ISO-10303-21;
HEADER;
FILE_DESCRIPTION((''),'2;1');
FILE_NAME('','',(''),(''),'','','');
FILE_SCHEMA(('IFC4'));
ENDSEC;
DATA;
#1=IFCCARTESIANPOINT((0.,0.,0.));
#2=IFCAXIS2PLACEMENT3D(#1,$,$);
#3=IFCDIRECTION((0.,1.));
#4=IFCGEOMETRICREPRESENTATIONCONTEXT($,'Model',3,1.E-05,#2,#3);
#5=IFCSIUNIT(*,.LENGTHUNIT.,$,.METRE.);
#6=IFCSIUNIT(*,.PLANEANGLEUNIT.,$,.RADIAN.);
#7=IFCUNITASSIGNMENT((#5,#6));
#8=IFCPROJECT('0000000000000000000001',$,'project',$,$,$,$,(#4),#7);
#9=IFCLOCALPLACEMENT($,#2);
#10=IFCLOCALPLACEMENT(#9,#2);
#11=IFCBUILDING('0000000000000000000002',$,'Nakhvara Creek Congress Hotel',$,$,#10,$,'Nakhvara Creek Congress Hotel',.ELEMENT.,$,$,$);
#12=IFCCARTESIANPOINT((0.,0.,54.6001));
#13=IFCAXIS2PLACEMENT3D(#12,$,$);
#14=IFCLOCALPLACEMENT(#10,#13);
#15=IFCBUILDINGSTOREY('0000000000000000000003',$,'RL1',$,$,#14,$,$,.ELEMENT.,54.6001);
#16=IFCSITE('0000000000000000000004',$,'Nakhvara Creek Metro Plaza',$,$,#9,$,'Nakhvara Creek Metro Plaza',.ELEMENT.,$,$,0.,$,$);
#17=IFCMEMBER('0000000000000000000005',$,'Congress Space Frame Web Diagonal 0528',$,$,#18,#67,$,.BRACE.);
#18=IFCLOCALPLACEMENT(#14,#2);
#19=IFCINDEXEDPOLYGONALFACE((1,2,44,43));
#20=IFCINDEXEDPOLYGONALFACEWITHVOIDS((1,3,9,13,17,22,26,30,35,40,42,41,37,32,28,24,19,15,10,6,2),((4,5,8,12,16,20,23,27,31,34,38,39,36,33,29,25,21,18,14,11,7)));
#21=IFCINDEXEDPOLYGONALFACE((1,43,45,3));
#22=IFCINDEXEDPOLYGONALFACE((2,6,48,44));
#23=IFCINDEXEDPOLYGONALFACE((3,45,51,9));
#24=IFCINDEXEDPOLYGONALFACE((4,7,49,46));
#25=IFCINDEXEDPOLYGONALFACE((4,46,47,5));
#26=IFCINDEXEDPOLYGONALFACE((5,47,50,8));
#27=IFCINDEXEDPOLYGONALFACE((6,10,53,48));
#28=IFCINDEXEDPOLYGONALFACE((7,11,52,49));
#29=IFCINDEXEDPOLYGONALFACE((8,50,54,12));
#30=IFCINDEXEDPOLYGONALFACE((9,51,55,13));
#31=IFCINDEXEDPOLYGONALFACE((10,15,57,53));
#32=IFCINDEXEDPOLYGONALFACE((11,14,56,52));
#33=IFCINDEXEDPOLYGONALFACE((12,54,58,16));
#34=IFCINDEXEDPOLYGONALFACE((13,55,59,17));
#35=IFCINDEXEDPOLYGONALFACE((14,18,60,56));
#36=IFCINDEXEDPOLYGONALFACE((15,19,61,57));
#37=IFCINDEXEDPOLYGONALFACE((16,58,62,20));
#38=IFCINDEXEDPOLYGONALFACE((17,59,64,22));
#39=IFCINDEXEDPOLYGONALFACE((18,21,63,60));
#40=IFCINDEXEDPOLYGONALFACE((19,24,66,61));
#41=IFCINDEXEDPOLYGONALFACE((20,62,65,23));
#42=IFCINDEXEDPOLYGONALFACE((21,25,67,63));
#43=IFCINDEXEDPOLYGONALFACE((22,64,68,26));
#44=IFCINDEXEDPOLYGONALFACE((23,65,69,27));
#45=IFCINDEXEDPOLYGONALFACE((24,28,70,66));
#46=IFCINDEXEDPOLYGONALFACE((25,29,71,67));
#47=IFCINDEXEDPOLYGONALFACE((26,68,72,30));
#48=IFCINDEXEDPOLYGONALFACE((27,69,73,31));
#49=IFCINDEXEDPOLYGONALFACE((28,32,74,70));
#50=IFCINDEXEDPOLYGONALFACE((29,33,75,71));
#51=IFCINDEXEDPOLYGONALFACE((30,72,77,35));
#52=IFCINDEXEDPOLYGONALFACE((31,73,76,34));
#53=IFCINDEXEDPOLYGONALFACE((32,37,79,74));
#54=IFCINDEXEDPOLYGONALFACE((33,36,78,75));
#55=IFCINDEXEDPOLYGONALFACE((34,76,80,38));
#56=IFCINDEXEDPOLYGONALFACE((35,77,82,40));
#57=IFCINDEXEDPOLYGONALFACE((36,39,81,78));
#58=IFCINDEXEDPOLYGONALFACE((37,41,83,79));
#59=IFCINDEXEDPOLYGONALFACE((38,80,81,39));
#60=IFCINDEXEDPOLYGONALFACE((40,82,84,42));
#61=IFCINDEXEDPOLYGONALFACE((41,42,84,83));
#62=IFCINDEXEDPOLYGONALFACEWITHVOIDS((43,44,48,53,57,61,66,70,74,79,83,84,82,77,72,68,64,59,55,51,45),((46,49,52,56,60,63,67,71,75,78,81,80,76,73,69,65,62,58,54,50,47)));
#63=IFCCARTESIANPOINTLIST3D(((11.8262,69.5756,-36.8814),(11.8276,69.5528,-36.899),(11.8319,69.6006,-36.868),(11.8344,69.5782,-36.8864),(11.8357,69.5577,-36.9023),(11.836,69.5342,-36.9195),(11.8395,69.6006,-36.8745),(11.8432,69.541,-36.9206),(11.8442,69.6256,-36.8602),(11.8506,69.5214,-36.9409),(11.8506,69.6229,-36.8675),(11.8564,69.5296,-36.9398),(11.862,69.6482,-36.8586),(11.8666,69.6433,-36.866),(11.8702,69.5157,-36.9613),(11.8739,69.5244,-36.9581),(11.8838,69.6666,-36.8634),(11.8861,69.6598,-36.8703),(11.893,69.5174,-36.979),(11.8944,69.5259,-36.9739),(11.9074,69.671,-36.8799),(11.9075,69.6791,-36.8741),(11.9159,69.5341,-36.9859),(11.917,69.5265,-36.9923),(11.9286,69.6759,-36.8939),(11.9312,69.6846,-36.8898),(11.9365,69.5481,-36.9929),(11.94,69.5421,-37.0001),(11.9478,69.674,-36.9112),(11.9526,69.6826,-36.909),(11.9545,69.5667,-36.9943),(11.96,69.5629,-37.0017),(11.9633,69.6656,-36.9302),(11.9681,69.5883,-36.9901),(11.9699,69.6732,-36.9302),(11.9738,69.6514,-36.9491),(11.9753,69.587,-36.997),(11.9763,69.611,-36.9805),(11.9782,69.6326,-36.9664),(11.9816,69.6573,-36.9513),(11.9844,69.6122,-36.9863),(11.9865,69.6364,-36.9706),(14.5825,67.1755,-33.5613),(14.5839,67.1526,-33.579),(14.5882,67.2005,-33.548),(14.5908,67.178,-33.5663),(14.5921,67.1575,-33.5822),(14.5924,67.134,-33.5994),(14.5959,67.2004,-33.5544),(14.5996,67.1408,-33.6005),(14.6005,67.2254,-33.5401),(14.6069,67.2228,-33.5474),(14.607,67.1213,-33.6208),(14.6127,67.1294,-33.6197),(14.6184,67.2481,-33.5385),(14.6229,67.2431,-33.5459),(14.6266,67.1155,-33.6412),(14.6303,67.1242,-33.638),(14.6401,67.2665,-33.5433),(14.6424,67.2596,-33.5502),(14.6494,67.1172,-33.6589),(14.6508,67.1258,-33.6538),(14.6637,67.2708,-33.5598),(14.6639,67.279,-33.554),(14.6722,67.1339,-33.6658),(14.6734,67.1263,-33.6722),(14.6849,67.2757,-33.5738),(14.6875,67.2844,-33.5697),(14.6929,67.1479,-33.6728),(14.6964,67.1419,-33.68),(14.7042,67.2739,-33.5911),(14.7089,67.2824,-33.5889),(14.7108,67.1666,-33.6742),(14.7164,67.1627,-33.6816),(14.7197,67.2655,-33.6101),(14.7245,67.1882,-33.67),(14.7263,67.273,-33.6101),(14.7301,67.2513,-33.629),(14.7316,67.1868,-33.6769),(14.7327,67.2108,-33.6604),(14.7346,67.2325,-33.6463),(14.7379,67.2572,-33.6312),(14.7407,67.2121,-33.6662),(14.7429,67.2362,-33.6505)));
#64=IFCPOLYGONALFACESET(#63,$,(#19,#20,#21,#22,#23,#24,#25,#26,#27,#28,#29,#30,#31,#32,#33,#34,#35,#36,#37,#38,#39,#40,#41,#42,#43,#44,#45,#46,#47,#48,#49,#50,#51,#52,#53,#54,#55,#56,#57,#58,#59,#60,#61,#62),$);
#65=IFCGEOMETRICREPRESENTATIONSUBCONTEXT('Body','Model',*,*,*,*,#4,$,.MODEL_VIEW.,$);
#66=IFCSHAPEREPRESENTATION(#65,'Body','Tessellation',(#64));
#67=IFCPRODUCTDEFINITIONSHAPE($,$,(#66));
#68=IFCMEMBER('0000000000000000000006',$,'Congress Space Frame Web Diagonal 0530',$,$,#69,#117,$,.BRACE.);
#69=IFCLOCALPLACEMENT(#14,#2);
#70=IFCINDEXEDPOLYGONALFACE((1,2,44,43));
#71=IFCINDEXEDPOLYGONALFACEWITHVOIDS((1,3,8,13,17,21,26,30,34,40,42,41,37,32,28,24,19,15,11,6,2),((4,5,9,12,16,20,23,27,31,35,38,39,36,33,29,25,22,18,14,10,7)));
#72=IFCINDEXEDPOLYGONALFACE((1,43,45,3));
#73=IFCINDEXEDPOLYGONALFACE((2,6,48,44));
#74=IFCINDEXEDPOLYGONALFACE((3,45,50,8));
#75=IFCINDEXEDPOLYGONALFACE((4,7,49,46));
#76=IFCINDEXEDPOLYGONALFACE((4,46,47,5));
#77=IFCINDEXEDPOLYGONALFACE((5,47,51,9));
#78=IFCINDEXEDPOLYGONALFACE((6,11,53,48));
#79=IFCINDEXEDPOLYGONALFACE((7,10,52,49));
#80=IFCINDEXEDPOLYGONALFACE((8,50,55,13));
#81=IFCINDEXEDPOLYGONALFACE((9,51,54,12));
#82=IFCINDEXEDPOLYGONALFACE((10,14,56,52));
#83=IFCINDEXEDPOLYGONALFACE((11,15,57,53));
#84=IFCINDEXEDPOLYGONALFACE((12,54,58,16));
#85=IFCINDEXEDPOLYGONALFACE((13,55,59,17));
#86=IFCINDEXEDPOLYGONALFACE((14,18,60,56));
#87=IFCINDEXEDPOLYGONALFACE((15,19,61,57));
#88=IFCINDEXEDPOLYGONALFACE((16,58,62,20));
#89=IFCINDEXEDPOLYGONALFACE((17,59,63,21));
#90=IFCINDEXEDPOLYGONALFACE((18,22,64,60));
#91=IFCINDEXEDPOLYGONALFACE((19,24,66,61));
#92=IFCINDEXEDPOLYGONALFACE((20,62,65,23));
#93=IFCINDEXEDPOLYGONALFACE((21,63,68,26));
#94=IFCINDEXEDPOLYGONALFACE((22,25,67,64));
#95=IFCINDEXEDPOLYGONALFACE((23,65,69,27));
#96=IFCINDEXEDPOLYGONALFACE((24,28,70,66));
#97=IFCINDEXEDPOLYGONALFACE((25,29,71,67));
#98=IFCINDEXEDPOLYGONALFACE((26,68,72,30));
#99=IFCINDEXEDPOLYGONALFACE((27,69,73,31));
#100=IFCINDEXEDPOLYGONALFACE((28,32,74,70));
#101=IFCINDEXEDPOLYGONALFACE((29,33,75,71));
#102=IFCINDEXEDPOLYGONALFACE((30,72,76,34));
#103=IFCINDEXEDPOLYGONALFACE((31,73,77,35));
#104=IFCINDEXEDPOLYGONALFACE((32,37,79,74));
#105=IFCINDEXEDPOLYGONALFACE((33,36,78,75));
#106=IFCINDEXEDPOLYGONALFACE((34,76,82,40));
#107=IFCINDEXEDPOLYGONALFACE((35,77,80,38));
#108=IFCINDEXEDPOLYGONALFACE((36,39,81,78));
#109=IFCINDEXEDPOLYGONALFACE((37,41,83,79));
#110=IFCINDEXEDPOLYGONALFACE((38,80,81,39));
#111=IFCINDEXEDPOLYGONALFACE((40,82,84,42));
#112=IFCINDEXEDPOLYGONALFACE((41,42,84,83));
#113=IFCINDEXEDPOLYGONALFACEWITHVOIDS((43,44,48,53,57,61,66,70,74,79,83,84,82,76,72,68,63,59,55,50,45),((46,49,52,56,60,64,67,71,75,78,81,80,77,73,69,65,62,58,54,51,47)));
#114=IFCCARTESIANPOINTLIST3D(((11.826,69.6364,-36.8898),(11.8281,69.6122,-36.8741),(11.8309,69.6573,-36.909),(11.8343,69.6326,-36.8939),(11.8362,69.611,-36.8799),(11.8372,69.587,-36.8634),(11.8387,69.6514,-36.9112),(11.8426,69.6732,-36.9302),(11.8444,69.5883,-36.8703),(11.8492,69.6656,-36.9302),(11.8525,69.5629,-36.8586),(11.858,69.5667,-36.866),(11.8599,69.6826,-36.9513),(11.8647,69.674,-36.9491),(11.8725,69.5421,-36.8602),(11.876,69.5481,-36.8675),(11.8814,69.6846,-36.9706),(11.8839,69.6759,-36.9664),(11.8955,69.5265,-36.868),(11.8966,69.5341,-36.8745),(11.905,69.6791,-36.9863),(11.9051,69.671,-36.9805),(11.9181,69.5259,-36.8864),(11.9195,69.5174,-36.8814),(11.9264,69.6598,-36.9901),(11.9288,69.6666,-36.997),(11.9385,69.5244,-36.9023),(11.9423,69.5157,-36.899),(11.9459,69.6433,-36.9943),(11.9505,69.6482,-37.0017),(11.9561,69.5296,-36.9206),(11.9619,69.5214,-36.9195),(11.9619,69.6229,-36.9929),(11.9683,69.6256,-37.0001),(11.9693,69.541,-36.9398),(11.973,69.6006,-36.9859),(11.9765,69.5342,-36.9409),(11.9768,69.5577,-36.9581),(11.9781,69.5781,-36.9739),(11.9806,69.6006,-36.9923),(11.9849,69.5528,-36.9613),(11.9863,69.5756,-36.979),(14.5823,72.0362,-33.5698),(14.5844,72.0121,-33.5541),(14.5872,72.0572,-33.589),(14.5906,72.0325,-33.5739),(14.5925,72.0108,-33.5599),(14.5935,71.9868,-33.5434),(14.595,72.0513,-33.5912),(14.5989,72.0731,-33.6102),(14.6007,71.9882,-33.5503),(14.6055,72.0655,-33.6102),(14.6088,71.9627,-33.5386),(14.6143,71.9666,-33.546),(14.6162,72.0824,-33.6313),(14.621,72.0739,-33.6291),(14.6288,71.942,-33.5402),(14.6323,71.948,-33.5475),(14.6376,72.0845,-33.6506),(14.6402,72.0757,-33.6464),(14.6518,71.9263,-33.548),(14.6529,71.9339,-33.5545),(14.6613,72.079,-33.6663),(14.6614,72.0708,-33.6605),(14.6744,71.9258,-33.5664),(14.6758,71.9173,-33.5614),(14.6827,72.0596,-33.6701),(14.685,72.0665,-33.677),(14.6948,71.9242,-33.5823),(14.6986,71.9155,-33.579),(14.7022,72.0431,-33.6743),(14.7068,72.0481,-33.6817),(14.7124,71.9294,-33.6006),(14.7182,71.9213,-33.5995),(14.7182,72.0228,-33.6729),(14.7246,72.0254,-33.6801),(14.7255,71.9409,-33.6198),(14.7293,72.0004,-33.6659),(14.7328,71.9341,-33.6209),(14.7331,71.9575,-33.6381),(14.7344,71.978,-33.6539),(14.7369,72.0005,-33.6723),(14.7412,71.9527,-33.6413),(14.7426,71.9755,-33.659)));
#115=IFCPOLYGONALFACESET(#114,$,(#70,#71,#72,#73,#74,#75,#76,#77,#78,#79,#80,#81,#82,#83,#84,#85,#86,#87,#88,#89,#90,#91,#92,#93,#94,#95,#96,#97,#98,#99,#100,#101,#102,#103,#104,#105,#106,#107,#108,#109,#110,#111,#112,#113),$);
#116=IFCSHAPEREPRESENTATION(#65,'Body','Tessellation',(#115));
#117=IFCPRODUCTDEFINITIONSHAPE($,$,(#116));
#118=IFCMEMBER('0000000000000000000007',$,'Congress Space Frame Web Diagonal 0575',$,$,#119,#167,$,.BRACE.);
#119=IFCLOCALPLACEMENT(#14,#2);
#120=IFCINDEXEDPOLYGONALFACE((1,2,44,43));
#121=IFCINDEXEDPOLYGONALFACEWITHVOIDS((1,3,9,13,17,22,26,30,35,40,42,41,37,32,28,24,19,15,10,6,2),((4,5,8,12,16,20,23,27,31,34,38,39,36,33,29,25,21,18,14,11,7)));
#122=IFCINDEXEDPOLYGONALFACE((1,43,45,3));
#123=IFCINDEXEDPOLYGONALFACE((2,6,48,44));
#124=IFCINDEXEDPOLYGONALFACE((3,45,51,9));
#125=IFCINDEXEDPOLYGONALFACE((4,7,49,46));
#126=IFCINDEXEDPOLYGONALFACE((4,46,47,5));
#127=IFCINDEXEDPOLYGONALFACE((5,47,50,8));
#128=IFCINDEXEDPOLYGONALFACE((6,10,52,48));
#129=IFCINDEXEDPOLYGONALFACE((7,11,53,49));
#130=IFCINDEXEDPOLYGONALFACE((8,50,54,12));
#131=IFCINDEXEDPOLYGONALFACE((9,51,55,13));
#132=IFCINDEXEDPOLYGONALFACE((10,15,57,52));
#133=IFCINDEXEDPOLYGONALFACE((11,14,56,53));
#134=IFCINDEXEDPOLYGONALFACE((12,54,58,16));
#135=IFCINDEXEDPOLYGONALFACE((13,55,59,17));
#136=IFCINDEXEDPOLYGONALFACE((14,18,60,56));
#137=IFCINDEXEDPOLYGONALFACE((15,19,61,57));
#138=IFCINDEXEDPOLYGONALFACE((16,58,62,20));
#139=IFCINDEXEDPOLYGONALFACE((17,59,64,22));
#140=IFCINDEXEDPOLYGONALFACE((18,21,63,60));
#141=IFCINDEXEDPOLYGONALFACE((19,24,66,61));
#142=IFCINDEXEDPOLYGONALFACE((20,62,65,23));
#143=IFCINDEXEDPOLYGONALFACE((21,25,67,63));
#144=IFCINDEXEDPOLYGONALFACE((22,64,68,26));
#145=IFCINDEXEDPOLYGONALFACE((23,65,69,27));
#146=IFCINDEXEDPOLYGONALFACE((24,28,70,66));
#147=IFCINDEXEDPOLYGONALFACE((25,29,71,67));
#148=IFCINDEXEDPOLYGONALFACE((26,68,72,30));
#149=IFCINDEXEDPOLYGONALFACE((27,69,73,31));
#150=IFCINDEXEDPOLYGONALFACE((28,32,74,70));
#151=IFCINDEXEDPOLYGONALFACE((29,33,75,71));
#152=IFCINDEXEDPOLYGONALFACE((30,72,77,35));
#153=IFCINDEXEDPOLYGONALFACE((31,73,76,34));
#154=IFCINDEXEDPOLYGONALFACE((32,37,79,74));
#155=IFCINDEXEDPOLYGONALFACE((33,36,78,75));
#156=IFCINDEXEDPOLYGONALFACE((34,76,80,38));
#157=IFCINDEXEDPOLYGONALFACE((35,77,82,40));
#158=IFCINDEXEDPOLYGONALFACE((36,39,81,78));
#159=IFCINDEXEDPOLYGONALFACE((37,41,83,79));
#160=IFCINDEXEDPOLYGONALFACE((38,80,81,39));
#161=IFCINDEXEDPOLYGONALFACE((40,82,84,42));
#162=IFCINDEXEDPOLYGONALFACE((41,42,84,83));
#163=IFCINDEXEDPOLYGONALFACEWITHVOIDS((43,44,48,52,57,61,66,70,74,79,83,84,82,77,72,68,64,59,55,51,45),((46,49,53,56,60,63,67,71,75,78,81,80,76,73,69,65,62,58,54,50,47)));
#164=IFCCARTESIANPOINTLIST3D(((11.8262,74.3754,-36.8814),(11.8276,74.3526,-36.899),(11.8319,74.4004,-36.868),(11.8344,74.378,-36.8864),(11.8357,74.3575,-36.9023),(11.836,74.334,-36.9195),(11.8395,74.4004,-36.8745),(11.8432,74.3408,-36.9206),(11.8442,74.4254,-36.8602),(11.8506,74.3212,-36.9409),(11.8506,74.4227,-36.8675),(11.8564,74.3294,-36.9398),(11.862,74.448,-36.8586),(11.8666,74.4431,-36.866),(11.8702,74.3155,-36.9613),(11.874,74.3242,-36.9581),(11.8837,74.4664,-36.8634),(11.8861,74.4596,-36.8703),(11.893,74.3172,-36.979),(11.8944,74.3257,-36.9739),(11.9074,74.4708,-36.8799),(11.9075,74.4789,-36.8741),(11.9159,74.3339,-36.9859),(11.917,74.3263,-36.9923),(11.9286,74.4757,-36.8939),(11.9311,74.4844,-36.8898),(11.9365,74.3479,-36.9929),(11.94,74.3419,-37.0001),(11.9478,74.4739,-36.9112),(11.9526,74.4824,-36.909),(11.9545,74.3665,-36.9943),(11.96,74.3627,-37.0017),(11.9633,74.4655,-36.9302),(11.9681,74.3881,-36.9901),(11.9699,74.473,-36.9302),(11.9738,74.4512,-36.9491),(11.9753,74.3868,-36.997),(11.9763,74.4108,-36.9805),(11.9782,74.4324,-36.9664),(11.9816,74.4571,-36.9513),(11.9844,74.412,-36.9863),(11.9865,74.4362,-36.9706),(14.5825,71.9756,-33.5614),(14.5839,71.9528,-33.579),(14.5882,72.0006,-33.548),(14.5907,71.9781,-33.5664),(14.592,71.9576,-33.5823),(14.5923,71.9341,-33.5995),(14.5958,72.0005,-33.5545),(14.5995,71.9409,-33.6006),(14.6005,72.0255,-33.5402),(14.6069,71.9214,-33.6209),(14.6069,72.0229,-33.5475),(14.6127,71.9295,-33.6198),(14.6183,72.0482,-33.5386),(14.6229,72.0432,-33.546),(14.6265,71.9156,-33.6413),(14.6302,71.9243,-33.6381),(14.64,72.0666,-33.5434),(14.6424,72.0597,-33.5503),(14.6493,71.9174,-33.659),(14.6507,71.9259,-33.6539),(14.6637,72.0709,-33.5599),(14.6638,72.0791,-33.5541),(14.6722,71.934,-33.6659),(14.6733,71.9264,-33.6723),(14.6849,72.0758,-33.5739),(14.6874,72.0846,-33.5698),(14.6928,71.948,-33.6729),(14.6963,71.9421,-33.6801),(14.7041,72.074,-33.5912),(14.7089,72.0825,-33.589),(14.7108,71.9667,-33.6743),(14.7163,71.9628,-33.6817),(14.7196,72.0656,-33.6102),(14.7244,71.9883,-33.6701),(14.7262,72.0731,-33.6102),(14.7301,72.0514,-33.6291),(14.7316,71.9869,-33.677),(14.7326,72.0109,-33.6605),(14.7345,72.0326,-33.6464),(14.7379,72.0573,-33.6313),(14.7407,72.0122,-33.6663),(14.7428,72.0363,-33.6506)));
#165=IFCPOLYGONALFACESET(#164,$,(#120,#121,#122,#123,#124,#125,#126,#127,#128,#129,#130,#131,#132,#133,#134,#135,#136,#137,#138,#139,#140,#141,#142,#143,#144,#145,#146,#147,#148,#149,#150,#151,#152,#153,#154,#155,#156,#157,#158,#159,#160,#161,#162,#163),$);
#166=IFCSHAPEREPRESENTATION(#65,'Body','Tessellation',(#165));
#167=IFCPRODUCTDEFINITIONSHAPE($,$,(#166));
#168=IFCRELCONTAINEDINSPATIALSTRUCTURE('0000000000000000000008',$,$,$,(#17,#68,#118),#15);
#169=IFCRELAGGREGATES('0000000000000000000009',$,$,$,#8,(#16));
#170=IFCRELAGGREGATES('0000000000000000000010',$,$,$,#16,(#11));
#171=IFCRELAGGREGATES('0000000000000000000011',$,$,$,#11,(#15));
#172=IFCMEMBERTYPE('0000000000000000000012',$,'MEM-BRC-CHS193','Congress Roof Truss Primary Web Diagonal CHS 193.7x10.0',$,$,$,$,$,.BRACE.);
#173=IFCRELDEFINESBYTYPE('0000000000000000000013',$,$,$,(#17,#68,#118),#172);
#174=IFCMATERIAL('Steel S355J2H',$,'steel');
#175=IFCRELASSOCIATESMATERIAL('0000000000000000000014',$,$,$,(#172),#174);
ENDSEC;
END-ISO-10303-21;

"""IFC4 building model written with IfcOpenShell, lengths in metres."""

from ifc_helpers import new_model, si_unit, direction, frame, origin, origin_2d, place, context, subcontext, project, spatial, hollow_circle, extrude, material, material_profile, profile_set, type_object, element, save


model = new_model("IFC4")

# Units and contexts
model_context = context("Model", 3, precision=1e-05, world=origin(), true_north=direction((0.0, 1.0)))
body_context = subcontext(model_context, "Body", "Model", "MODEL_VIEW")
ifc_project = project(units=[si_unit("LENGTHUNIT", "METRE"), si_unit("PLANEANGLEUNIT", "RADIAN")], contexts=[model_context])

# Site, building, storey
site_placement = place(None, origin())
site = spatial("IfcSite", under=ifc_project, at=site_placement, Name="Nakhvara Creek Metro Plaza", LongName="Nakhvara Creek Metro Plaza", CompositionType="ELEMENT", RefElevation=0.0)
building_placement = place(site_placement, origin())
building = spatial("IfcBuilding", under=site, at=building_placement, Name="Nakhvara Creek Congress Hotel", LongName="Nakhvara Creek Congress Hotel", CompositionType="ELEMENT")
storey_placement = place(building_placement, frame((0.0, 0.0, 54.6001)))
storey = spatial("IfcBuildingStorey", under=building, at=storey_placement, Name="RL1", CompositionType="ELEMENT", Elevation=54.6001)

# Members
ifc_material_1 = material(Name="Steel S355J2H", Category="steel")
ifc_material_profile_1 = material_profile(ifc_material_1, hollow_circle(Radius=0.0969, WallThickness=0.01, at=origin_2d()), Name="CHS 193.7x10.0", Category="LoadBearing")
ifc_profile_set_1 = profile_set([ifc_material_profile_1], Name="Steel S355J2H")
member_type_1 = type_object("IfcMemberType", Name="MEM-BRC-CHS193", Description="Congress Roof Truss Primary Web Diagonal CHS 193.7x10.0", PredefinedType="BRACE", material=ifc_profile_set_1)
member_1_placement = place(storey_placement, frame((11.9062, 69.6001, -36.9302), z_axis=(0.558224, -0.486085, 0.67239), x_axis=(0.656696, 0.754155, 0.0)))
element("IfcMember", 1, at=member_1_placement, inside=storey, type_object=member_type_1, Name="Congress Space Frame Web Diagonal 0528", PredefinedType="BRACE", context=body_context, shape_type="SweptSolid", body=[
    extrude(hollow_circle(Radius=0.0969, WallThickness=0.01, at=origin_2d()), origin(), (0.0, 0.0, 1.0), 4.9377),
])
for number, where, z_axis, x_axis, name in (
    (2, (11.9062, 69.6001, -36.9302), (0.558237, 0.486047, 0.672406), (-0.656658, 0.754188, 0.0), "Congress Space Frame Web Diagonal 0530"),
    (3, (11.9062, 74.3999, -36.9302), (0.558237, -0.486047, 0.672406), (0.656658, 0.754188, 0.0), "Congress Space Frame Web Diagonal 0575"),
):
    element("IfcMember", number, at=place(storey_placement, frame(where, z_axis=z_axis, x_axis=x_axis)), inside=storey, type_object=member_type_1, Name=name, PredefinedType="BRACE", context=body_context, shape_type="SweptSolid", body=[
        extrude(hollow_circle(Radius=0.0969, WallThickness=0.01, at=origin_2d()), origin(), (0.0, 0.0, 1.0), 4.9375),
    ])

save(model, "model.ifc")
